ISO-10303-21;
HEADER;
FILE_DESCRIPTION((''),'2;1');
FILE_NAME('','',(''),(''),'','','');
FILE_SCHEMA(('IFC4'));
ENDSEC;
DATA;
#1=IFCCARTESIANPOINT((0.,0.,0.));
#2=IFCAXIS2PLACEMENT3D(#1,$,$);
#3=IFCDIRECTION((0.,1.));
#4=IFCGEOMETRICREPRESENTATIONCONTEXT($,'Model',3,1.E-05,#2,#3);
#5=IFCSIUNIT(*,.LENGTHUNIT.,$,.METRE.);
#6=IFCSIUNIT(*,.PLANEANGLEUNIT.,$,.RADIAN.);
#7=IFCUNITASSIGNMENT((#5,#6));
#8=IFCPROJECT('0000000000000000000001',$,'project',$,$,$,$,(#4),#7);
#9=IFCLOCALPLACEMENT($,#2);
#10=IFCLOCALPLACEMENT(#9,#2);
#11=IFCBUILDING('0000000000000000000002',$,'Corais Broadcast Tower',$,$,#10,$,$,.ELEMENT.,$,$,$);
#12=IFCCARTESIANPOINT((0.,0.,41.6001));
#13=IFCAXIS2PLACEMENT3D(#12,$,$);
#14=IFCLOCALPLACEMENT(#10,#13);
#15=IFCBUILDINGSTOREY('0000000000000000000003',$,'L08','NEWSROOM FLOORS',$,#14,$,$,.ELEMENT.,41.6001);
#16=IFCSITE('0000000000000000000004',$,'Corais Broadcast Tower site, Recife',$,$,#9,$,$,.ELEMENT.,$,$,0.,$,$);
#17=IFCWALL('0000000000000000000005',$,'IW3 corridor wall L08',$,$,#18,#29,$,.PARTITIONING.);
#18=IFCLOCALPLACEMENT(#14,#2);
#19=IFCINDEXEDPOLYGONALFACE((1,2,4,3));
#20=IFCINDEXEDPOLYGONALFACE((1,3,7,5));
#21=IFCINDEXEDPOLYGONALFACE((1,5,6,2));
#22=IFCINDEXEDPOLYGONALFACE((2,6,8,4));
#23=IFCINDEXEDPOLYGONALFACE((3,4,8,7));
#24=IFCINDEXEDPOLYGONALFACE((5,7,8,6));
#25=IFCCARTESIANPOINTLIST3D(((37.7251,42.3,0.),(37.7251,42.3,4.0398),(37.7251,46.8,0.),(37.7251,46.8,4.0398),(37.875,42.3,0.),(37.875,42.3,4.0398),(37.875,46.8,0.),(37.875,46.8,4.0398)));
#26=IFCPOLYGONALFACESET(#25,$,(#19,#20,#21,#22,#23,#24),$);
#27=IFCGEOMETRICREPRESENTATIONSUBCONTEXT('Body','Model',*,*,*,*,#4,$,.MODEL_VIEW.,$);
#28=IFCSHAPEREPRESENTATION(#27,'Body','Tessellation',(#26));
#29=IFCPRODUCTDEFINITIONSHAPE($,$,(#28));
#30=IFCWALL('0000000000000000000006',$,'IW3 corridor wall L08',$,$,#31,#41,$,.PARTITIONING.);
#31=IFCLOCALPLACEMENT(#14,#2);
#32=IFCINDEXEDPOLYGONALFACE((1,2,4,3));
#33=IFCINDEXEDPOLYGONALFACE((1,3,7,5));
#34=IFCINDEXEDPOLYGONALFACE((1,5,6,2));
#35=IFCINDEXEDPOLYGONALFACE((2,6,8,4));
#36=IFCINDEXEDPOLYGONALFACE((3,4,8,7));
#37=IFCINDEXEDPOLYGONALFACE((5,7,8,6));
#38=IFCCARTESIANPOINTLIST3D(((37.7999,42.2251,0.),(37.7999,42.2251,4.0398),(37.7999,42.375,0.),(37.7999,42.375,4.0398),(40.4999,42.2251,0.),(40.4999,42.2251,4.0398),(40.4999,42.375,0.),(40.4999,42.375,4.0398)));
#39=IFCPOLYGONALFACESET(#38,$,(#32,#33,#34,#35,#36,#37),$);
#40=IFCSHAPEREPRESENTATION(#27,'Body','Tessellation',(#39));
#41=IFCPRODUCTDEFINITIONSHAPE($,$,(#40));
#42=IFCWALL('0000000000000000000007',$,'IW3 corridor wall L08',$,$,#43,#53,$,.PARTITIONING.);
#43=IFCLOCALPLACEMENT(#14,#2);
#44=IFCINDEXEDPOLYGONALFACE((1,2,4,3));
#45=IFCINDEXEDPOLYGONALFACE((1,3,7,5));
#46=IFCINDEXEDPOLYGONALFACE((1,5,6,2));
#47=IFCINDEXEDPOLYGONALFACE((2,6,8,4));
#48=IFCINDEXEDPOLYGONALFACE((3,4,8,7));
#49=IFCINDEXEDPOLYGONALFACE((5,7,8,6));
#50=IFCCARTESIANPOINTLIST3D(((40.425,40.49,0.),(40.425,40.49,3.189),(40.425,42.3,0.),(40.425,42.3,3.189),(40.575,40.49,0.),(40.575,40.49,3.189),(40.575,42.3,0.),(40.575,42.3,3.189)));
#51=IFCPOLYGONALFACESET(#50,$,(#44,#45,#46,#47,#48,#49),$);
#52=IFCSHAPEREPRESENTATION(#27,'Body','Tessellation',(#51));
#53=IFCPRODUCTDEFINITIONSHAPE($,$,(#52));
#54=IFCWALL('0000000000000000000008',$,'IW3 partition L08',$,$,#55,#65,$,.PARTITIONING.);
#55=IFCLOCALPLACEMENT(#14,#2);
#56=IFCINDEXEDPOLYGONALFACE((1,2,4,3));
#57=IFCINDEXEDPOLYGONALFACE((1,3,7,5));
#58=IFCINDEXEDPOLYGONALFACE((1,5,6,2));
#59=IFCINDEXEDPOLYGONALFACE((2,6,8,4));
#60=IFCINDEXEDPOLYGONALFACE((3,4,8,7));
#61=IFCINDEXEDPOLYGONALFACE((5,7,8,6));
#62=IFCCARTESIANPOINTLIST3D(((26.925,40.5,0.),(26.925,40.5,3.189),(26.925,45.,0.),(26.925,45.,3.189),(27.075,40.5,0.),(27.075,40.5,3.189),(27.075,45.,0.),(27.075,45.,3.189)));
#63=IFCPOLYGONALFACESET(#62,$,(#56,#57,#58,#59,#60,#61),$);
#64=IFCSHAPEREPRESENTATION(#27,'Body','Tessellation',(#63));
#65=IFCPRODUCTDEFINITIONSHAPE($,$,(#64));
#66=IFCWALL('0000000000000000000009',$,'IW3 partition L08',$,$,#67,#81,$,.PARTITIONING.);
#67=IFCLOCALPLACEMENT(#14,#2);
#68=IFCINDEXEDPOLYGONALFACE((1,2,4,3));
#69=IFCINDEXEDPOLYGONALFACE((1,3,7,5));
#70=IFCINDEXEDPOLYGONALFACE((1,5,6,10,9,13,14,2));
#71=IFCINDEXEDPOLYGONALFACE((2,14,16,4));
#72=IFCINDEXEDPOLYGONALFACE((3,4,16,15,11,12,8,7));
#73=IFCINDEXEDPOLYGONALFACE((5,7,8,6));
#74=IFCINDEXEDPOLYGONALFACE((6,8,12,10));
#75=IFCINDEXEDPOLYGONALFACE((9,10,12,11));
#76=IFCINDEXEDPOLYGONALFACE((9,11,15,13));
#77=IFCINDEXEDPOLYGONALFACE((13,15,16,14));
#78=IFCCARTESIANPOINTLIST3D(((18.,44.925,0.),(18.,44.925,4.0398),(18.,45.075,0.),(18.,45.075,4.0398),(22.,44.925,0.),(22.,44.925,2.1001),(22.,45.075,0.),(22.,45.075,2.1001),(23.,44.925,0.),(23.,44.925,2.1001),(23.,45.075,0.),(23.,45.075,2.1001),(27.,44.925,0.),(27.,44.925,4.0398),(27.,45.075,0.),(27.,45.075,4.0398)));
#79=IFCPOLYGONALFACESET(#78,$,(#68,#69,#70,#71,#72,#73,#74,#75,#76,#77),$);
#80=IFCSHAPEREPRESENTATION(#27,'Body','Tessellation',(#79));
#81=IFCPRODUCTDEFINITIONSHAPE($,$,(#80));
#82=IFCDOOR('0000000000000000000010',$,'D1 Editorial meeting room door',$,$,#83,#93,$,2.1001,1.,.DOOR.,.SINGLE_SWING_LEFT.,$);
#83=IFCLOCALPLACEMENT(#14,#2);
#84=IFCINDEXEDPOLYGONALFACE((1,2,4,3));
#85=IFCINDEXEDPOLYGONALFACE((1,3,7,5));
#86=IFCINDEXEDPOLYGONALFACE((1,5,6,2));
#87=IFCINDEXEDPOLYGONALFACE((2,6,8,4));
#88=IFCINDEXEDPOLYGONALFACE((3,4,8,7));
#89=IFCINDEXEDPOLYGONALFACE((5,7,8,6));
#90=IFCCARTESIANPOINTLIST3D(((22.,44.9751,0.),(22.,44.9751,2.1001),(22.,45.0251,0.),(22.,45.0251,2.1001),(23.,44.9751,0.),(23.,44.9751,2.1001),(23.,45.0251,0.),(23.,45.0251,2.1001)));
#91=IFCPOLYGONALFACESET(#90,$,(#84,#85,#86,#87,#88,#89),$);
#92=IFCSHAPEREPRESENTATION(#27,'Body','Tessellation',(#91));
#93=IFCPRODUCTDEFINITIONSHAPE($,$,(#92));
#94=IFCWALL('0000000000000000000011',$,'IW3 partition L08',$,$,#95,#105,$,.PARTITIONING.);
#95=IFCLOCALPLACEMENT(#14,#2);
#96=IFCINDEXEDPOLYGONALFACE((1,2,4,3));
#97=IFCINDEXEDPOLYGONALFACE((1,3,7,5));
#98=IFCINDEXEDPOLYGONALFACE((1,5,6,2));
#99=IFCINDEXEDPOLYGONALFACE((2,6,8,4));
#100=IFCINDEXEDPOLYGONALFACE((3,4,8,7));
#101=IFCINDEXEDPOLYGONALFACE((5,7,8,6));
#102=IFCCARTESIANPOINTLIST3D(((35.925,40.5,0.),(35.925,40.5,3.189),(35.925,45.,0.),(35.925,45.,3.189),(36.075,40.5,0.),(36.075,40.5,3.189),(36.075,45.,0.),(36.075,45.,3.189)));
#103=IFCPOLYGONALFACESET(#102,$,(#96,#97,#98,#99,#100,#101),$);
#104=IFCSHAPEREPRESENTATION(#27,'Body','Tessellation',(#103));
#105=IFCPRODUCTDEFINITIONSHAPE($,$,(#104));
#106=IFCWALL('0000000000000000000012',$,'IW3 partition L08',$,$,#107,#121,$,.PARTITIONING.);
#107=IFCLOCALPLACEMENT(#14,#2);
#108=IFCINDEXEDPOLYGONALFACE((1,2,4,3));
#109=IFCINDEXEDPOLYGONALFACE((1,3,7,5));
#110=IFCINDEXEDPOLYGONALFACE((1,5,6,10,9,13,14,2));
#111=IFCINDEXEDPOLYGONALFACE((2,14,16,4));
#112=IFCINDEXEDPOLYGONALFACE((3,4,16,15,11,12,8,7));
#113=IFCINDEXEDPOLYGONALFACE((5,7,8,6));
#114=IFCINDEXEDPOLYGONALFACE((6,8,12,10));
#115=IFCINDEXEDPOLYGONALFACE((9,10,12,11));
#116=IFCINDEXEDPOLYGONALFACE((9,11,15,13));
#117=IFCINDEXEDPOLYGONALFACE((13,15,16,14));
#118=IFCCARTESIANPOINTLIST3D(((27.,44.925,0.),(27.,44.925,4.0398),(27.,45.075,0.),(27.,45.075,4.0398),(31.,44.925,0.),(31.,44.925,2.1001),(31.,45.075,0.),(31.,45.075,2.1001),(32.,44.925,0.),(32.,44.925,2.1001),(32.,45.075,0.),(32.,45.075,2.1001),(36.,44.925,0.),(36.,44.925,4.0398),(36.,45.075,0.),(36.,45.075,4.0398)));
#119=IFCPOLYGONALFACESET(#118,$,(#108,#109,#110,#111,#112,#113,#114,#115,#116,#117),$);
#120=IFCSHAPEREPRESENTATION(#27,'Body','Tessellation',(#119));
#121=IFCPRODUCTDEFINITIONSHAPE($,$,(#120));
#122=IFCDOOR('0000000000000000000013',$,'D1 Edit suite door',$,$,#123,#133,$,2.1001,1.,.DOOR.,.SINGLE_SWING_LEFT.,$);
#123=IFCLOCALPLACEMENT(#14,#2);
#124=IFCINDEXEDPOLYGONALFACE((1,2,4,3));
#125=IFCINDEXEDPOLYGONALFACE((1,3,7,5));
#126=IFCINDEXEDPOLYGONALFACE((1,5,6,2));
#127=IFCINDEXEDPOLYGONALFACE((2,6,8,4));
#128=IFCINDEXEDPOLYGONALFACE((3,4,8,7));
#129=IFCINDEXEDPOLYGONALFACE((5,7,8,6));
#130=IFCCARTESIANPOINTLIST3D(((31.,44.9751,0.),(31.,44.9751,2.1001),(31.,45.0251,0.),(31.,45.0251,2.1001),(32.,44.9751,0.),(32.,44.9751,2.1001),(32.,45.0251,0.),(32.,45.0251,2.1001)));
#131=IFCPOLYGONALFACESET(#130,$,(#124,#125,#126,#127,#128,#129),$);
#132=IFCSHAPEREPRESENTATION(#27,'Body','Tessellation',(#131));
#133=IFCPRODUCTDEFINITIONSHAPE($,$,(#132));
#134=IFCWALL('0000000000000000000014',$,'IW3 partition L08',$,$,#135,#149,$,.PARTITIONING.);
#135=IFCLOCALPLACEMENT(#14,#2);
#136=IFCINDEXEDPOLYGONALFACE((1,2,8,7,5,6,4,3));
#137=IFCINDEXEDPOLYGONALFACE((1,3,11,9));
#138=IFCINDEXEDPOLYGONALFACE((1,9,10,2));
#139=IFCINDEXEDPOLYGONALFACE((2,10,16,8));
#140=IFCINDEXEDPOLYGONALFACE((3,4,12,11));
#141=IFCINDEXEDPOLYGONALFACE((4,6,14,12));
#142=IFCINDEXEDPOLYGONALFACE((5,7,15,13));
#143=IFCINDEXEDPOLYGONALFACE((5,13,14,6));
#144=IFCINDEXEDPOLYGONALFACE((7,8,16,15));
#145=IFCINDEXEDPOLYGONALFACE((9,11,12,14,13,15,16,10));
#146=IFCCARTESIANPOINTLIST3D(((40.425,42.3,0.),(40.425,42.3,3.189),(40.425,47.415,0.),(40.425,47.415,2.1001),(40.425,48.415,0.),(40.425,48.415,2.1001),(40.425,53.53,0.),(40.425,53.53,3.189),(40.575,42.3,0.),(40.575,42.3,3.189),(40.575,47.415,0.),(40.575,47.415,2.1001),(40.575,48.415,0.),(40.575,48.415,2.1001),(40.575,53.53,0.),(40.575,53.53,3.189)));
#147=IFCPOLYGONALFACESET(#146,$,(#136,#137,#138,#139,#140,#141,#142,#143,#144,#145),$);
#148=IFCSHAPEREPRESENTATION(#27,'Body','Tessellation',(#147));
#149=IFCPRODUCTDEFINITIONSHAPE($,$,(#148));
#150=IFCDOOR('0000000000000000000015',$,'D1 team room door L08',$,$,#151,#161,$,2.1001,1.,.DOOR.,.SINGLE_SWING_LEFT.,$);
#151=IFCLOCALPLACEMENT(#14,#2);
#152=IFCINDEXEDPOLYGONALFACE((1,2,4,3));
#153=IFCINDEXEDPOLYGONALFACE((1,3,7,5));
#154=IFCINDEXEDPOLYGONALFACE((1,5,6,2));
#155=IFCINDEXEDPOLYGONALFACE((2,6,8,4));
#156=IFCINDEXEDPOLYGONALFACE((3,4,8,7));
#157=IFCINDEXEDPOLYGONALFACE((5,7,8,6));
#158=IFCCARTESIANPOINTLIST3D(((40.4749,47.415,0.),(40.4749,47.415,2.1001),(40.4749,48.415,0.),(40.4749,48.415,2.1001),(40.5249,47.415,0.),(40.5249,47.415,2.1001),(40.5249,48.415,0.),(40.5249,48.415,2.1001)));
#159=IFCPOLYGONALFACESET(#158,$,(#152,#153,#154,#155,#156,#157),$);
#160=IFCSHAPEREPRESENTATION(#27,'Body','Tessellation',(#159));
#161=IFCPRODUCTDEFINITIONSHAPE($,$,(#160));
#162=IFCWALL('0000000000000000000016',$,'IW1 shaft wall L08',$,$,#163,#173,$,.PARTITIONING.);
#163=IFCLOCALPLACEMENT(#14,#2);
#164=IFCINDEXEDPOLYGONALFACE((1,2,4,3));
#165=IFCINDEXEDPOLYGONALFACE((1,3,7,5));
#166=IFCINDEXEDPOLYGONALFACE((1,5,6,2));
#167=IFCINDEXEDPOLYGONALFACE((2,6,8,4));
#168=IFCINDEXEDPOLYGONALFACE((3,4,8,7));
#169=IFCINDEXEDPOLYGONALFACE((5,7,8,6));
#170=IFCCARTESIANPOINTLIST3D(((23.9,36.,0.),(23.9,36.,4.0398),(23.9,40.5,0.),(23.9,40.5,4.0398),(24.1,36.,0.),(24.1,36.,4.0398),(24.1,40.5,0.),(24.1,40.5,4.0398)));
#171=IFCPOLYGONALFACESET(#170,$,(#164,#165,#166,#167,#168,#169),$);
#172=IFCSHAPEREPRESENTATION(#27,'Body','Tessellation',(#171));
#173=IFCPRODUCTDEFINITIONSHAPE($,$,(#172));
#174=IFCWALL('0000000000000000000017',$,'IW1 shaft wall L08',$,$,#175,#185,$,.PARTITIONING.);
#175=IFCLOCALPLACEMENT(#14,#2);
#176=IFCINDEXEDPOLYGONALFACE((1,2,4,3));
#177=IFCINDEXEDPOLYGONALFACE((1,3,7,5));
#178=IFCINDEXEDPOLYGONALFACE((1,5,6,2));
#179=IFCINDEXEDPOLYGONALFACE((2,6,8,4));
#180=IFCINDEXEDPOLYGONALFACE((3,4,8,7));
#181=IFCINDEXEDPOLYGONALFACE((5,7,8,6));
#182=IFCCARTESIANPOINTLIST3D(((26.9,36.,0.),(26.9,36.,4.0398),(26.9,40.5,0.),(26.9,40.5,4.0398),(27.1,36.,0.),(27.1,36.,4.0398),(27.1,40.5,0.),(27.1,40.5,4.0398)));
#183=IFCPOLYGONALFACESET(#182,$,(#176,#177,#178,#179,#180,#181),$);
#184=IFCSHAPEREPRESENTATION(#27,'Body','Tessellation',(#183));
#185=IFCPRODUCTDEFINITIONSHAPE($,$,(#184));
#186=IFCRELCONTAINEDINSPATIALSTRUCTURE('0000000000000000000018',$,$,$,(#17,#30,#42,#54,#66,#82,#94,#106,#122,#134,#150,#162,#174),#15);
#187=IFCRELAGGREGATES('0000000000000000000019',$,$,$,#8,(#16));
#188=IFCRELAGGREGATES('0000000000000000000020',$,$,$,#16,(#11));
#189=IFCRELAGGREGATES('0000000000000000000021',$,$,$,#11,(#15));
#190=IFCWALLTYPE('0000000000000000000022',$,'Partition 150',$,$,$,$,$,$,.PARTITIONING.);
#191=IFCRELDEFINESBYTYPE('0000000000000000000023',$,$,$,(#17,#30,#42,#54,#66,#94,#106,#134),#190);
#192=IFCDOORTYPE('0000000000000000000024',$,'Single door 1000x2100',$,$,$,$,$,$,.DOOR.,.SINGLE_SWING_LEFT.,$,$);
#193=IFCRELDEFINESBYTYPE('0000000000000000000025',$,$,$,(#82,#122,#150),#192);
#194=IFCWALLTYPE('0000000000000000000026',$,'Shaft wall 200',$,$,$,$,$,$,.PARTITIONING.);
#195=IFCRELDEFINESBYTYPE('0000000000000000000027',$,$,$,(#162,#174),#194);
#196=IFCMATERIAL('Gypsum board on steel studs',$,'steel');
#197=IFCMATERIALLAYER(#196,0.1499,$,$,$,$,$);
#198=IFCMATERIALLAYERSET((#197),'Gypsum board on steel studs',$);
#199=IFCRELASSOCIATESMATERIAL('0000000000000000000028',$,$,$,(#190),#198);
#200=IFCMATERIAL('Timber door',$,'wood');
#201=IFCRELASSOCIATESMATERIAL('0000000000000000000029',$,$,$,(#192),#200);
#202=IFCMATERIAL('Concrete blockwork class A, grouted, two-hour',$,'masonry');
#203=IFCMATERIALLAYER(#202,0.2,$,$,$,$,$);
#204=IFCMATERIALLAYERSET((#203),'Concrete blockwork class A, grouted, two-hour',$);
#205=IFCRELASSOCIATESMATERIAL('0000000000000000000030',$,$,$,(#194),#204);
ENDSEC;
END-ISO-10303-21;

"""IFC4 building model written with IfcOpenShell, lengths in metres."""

from ifc_helpers import new_model, si_unit, direction, frame, frame_2d, origin, place, context, subcontext, project, spatial, rectangle, extrude, material, layer, layer_set, type_object, element, fill, save


model = new_model("IFC4")

# Units and contexts
model_context = context("Model", 3, precision=1e-05, world=origin(), true_north=direction((0.0, 1.0)))
body_context = subcontext(model_context, "Body", "Model", "MODEL_VIEW")
ifc_project = project(units=[si_unit("LENGTHUNIT", "METRE"), si_unit("PLANEANGLEUNIT", "RADIAN")], contexts=[model_context])

# Site, building, storey
site_placement = place(None, origin())
site = spatial("IfcSite", under=ifc_project, at=site_placement, Name="Corais Broadcast Tower site, Recife", CompositionType="ELEMENT", RefElevation=0.0)
building_placement = place(site_placement, origin())
building = spatial("IfcBuilding", under=site, at=building_placement, Name="Corais Broadcast Tower", CompositionType="ELEMENT")
storey_placement = place(building_placement, frame((0.0, 0.0, 41.6001)))
storey = spatial("IfcBuildingStorey", under=building, at=storey_placement, Name="L08", Description="NEWSROOM FLOORS", CompositionType="ELEMENT", Elevation=41.6001)

# Shared definitions
ifc_material_1 = material(Name="Gypsum board on steel studs", Category="steel")
ifc_layer_1 = layer(ifc_material_1, 0.1499)
ifc_layer_set_1 = layer_set([ifc_layer_1], Name="Gypsum board on steel studs")
wall_type_1 = type_object("IfcWallType", Name="Partition 150", PredefinedType="PARTITIONING", material=ifc_layer_set_1)
ifc_material_2 = material(Name="Timber door", Category="wood")
door_type = type_object("IfcDoorType", Name="Single door 1000x2100", OperationType="SINGLE_SWING_LEFT", PredefinedType="DOOR", material=ifc_material_2)

# Walls
wall_1_placement = place(storey_placement, frame((37.8, 42.3, 0.0), z_axis=(0.0, 0.0, 1.0), x_axis=(0.0, 1.0, 0.0)))
element("IfcWall", 1, at=wall_1_placement, inside=storey, type_object=wall_type_1, Name="IW3 corridor wall L08", PredefinedType="PARTITIONING", context=body_context, shape_type="SweptSolid", body=[
    extrude(rectangle(XDim=4.5, YDim=0.1499, at=frame_2d((2.25, 0.0))), origin(), (0.0, 0.0, 1.0), 4.0398),
])
wall_2_placement = place(storey_placement, frame((40.5, 42.3, 0.0), z_axis=(0.0, 0.0, 1.0), x_axis=(-1.0, 0.0, 0.0)))
element("IfcWall", 2, at=wall_2_placement, inside=storey, type_object=wall_type_1, Name="IW3 corridor wall L08", PredefinedType="PARTITIONING", context=body_context, shape_type="SweptSolid", body=[
    extrude(rectangle(XDim=2.7, YDim=0.1499, at=frame_2d((1.3501, 0.0))), origin(), (0.0, 0.0, 1.0), 4.0398),
])
wall_3_placement = place(storey_placement, frame((40.5, 40.49, 0.0), z_axis=(0.0, 0.0, 1.0), x_axis=(0.0, 1.0, 0.0)))
element("IfcWall", 3, at=wall_3_placement, inside=storey, type_object=wall_type_1, Name="IW3 corridor wall L08", PredefinedType="PARTITIONING", context=body_context, shape_type="SweptSolid", body=[
    extrude(rectangle(XDim=1.8101, YDim=0.1499, at=frame_2d((0.905, 0.0))), origin(), (0.0, 0.0, 1.0), 3.189),
])
wall_4_placement = place(storey_placement, frame((27.0, 40.5, 0.0), z_axis=(0.0, 0.0, 1.0), x_axis=(0.0, 1.0, 0.0)))
element("IfcWall", 4, at=wall_4_placement, inside=storey, type_object=wall_type_1, Name="IW3 partition L08", PredefinedType="PARTITIONING", context=body_context, shape_type="SweptSolid", body=[
    extrude(rectangle(XDim=4.5, YDim=0.1499, at=frame_2d((2.25, 0.0))), origin(), (0.0, 0.0, 1.0), 3.189),
])

# Wall, opening, door
wall_5_placement = place(storey_placement, frame((27.0, 45.0, 0.0), z_axis=(0.0, 0.0, 1.0), x_axis=(-1.0, 0.0, 0.0)))
wall_5 = element("IfcWall", 5, at=wall_5_placement, inside=storey, type_object=wall_type_1, Name="IW3 partition L08", PredefinedType="PARTITIONING", context=body_context, shape_type="SweptSolid", body=[
    extrude(rectangle(XDim=9.0, YDim=0.1499, at=frame_2d((4.5, 0.0))), origin(), (0.0, 0.0, 1.0), 4.0398),
])
opening_1_placement = place(wall_5_placement, frame((4.0, 0.0, 0.0)))
opening_1 = element("IfcOpeningElement", 6, at=opening_1_placement, cuts=wall_5, PredefinedType="OPENING", context=body_context, shape_type="SweptSolid", body=[
    extrude(rectangle(XDim=1.0, YDim=2.1001, at=frame_2d((0.5, 1.05))), frame((0.0, 0.085, 0.0), z_axis=(0.0, -1.0, 0.0), x_axis=(1.0, 0.0, 0.0)), (0.0, 0.0, 1.0), 0.1699),
])
door_1_placement = place(opening_1_placement, origin())
door_1 = element("IfcDoor", 7, at=door_1_placement, inside=storey, type_object=door_type, Name="D1 Editorial meeting room door", OperationType="SINGLE_SWING_LEFT", OverallHeight=2.1001, OverallWidth=1.0, PredefinedType="DOOR", context=body_context, shape_type="SweptSolid", body=[
    extrude(rectangle(XDim=1.0, YDim=2.1001, at=frame_2d((0.5, 1.05))), frame((0.0, 0.0249, 0.0), z_axis=(0.0, -1.0, 0.0), x_axis=(1.0, 0.0, 0.0)), (0.0, 0.0, 1.0), 0.05),
])
fill(opening_1, door_1)

# Wall
wall_6_placement = place(storey_placement, frame((36.0, 40.5, 0.0), z_axis=(0.0, 0.0, 1.0), x_axis=(0.0, 1.0, 0.0)))
element("IfcWall", 8, at=wall_6_placement, inside=storey, type_object=wall_type_1, Name="IW3 partition L08", PredefinedType="PARTITIONING", context=body_context, shape_type="SweptSolid", body=[
    extrude(rectangle(XDim=4.5, YDim=0.1499, at=frame_2d((2.25, 0.0))), origin(), (0.0, 0.0, 1.0), 3.189),
])

# Walls, openings, doors
wall_7_placement = place(storey_placement, frame((36.0, 45.0, 0.0), z_axis=(0.0, 0.0, 1.0), x_axis=(-1.0, 0.0, 0.0)))
wall_7 = element("IfcWall", 9, at=wall_7_placement, inside=storey, type_object=wall_type_1, Name="IW3 partition L08", PredefinedType="PARTITIONING", context=body_context, shape_type="SweptSolid", body=[
    extrude(rectangle(XDim=9.0, YDim=0.1499, at=frame_2d((4.5, 0.0))), origin(), (0.0, 0.0, 1.0), 4.0398),
])
opening_2_placement = place(wall_7_placement, frame((4.0, 0.0, 0.0)))
opening_2 = element("IfcOpeningElement", 10, at=opening_2_placement, cuts=wall_7, PredefinedType="OPENING", context=body_context, shape_type="SweptSolid", body=[
    extrude(rectangle(XDim=1.0, YDim=2.1001, at=frame_2d((0.5, 1.05))), frame((0.0, 0.085, 0.0), z_axis=(0.0, -1.0, 0.0), x_axis=(1.0, 0.0, 0.0)), (0.0, 0.0, 1.0), 0.1699),
])
door_2_placement = place(opening_2_placement, origin())
door_2 = element("IfcDoor", 11, at=door_2_placement, inside=storey, type_object=door_type, Name="D1 Edit suite door", OperationType="SINGLE_SWING_LEFT", OverallHeight=2.1001, OverallWidth=1.0, PredefinedType="DOOR", context=body_context, shape_type="SweptSolid", body=[
    extrude(rectangle(XDim=1.0, YDim=2.1001, at=frame_2d((0.5, 1.05))), frame((0.0, 0.0249, 0.0), z_axis=(0.0, -1.0, 0.0), x_axis=(1.0, 0.0, 0.0)), (0.0, 0.0, 1.0), 0.05),
])
fill(opening_2, door_2)
wall_8_placement = place(storey_placement, frame((40.5, 53.53, 0.0), z_axis=(0.0, 0.0, 1.0), x_axis=(0.0, -1.0, 0.0)))
wall_8 = element("IfcWall", 12, at=wall_8_placement, inside=storey, type_object=wall_type_1, Name="IW3 partition L08", PredefinedType="PARTITIONING", context=body_context, shape_type="SweptSolid", body=[
    extrude(rectangle(XDim=11.23, YDim=0.1499, at=frame_2d((5.615, 0.0))), origin(), (0.0, 0.0, 1.0), 3.189),
])
opening_3_placement = place(wall_8_placement, frame((5.115, 0.0, 0.0)))
opening_3 = element("IfcOpeningElement", 13, at=opening_3_placement, cuts=wall_8, PredefinedType="OPENING", context=body_context, shape_type="SweptSolid", body=[
    extrude(rectangle(XDim=1.0, YDim=2.1001, at=frame_2d((0.5, 1.05))), frame((0.0, 0.085, 0.0), z_axis=(0.0, -1.0, 0.0), x_axis=(1.0, 0.0, 0.0)), (0.0, 0.0, 1.0), 0.1699),
])
door_3_placement = place(opening_3_placement, origin())
door_3 = element("IfcDoor", 14, at=door_3_placement, inside=storey, type_object=door_type, Name="D1 team room door L08", OperationType="SINGLE_SWING_LEFT", OverallHeight=2.1001, OverallWidth=1.0, PredefinedType="DOOR", context=body_context, shape_type="SweptSolid", body=[
    extrude(rectangle(XDim=1.0, YDim=2.1001, at=frame_2d((0.5, 1.05))), frame((0.0, 0.0249, 0.0), z_axis=(0.0, -1.0, 0.0), x_axis=(1.0, 0.0, 0.0)), (0.0, 0.0, 1.0), 0.05),
])
fill(opening_3, door_3)

# Walls
ifc_material_3 = material(Name="Concrete blockwork class A, grouted, two-hour", Category="masonry")
ifc_layer_2 = layer(ifc_material_3, 0.2)
ifc_layer_set_2 = layer_set([ifc_layer_2], Name="Concrete blockwork class A, grouted, two-hour")
wall_type_2 = type_object("IfcWallType", Name="Shaft wall 200", PredefinedType="PARTITIONING", material=ifc_layer_set_2)
for number, where, z_axis, x_axis, name in (
    (15, (24.0, 36.0, 0.0), (0.0, 0.0, 1.0), (0.0, 1.0, 0.0), "IW1 shaft wall L08"),
    (16, (27.0, 36.0, 0.0), (0.0, 0.0, 1.0), (0.0, 1.0, 0.0), "IW1 shaft wall L08"),
):
    element("IfcWall", number, at=place(storey_placement, frame(where, z_axis=z_axis, x_axis=x_axis)), inside=storey, type_object=wall_type_2, Name=name, PredefinedType="PARTITIONING", context=body_context, shape_type="SweptSolid", body=[
        extrude(rectangle(XDim=4.5, YDim=0.2, at=frame_2d((2.25, 0.0))), origin(), (0.0, 0.0, 1.0), 4.0398),
    ])

save(model, "model.ifc")
